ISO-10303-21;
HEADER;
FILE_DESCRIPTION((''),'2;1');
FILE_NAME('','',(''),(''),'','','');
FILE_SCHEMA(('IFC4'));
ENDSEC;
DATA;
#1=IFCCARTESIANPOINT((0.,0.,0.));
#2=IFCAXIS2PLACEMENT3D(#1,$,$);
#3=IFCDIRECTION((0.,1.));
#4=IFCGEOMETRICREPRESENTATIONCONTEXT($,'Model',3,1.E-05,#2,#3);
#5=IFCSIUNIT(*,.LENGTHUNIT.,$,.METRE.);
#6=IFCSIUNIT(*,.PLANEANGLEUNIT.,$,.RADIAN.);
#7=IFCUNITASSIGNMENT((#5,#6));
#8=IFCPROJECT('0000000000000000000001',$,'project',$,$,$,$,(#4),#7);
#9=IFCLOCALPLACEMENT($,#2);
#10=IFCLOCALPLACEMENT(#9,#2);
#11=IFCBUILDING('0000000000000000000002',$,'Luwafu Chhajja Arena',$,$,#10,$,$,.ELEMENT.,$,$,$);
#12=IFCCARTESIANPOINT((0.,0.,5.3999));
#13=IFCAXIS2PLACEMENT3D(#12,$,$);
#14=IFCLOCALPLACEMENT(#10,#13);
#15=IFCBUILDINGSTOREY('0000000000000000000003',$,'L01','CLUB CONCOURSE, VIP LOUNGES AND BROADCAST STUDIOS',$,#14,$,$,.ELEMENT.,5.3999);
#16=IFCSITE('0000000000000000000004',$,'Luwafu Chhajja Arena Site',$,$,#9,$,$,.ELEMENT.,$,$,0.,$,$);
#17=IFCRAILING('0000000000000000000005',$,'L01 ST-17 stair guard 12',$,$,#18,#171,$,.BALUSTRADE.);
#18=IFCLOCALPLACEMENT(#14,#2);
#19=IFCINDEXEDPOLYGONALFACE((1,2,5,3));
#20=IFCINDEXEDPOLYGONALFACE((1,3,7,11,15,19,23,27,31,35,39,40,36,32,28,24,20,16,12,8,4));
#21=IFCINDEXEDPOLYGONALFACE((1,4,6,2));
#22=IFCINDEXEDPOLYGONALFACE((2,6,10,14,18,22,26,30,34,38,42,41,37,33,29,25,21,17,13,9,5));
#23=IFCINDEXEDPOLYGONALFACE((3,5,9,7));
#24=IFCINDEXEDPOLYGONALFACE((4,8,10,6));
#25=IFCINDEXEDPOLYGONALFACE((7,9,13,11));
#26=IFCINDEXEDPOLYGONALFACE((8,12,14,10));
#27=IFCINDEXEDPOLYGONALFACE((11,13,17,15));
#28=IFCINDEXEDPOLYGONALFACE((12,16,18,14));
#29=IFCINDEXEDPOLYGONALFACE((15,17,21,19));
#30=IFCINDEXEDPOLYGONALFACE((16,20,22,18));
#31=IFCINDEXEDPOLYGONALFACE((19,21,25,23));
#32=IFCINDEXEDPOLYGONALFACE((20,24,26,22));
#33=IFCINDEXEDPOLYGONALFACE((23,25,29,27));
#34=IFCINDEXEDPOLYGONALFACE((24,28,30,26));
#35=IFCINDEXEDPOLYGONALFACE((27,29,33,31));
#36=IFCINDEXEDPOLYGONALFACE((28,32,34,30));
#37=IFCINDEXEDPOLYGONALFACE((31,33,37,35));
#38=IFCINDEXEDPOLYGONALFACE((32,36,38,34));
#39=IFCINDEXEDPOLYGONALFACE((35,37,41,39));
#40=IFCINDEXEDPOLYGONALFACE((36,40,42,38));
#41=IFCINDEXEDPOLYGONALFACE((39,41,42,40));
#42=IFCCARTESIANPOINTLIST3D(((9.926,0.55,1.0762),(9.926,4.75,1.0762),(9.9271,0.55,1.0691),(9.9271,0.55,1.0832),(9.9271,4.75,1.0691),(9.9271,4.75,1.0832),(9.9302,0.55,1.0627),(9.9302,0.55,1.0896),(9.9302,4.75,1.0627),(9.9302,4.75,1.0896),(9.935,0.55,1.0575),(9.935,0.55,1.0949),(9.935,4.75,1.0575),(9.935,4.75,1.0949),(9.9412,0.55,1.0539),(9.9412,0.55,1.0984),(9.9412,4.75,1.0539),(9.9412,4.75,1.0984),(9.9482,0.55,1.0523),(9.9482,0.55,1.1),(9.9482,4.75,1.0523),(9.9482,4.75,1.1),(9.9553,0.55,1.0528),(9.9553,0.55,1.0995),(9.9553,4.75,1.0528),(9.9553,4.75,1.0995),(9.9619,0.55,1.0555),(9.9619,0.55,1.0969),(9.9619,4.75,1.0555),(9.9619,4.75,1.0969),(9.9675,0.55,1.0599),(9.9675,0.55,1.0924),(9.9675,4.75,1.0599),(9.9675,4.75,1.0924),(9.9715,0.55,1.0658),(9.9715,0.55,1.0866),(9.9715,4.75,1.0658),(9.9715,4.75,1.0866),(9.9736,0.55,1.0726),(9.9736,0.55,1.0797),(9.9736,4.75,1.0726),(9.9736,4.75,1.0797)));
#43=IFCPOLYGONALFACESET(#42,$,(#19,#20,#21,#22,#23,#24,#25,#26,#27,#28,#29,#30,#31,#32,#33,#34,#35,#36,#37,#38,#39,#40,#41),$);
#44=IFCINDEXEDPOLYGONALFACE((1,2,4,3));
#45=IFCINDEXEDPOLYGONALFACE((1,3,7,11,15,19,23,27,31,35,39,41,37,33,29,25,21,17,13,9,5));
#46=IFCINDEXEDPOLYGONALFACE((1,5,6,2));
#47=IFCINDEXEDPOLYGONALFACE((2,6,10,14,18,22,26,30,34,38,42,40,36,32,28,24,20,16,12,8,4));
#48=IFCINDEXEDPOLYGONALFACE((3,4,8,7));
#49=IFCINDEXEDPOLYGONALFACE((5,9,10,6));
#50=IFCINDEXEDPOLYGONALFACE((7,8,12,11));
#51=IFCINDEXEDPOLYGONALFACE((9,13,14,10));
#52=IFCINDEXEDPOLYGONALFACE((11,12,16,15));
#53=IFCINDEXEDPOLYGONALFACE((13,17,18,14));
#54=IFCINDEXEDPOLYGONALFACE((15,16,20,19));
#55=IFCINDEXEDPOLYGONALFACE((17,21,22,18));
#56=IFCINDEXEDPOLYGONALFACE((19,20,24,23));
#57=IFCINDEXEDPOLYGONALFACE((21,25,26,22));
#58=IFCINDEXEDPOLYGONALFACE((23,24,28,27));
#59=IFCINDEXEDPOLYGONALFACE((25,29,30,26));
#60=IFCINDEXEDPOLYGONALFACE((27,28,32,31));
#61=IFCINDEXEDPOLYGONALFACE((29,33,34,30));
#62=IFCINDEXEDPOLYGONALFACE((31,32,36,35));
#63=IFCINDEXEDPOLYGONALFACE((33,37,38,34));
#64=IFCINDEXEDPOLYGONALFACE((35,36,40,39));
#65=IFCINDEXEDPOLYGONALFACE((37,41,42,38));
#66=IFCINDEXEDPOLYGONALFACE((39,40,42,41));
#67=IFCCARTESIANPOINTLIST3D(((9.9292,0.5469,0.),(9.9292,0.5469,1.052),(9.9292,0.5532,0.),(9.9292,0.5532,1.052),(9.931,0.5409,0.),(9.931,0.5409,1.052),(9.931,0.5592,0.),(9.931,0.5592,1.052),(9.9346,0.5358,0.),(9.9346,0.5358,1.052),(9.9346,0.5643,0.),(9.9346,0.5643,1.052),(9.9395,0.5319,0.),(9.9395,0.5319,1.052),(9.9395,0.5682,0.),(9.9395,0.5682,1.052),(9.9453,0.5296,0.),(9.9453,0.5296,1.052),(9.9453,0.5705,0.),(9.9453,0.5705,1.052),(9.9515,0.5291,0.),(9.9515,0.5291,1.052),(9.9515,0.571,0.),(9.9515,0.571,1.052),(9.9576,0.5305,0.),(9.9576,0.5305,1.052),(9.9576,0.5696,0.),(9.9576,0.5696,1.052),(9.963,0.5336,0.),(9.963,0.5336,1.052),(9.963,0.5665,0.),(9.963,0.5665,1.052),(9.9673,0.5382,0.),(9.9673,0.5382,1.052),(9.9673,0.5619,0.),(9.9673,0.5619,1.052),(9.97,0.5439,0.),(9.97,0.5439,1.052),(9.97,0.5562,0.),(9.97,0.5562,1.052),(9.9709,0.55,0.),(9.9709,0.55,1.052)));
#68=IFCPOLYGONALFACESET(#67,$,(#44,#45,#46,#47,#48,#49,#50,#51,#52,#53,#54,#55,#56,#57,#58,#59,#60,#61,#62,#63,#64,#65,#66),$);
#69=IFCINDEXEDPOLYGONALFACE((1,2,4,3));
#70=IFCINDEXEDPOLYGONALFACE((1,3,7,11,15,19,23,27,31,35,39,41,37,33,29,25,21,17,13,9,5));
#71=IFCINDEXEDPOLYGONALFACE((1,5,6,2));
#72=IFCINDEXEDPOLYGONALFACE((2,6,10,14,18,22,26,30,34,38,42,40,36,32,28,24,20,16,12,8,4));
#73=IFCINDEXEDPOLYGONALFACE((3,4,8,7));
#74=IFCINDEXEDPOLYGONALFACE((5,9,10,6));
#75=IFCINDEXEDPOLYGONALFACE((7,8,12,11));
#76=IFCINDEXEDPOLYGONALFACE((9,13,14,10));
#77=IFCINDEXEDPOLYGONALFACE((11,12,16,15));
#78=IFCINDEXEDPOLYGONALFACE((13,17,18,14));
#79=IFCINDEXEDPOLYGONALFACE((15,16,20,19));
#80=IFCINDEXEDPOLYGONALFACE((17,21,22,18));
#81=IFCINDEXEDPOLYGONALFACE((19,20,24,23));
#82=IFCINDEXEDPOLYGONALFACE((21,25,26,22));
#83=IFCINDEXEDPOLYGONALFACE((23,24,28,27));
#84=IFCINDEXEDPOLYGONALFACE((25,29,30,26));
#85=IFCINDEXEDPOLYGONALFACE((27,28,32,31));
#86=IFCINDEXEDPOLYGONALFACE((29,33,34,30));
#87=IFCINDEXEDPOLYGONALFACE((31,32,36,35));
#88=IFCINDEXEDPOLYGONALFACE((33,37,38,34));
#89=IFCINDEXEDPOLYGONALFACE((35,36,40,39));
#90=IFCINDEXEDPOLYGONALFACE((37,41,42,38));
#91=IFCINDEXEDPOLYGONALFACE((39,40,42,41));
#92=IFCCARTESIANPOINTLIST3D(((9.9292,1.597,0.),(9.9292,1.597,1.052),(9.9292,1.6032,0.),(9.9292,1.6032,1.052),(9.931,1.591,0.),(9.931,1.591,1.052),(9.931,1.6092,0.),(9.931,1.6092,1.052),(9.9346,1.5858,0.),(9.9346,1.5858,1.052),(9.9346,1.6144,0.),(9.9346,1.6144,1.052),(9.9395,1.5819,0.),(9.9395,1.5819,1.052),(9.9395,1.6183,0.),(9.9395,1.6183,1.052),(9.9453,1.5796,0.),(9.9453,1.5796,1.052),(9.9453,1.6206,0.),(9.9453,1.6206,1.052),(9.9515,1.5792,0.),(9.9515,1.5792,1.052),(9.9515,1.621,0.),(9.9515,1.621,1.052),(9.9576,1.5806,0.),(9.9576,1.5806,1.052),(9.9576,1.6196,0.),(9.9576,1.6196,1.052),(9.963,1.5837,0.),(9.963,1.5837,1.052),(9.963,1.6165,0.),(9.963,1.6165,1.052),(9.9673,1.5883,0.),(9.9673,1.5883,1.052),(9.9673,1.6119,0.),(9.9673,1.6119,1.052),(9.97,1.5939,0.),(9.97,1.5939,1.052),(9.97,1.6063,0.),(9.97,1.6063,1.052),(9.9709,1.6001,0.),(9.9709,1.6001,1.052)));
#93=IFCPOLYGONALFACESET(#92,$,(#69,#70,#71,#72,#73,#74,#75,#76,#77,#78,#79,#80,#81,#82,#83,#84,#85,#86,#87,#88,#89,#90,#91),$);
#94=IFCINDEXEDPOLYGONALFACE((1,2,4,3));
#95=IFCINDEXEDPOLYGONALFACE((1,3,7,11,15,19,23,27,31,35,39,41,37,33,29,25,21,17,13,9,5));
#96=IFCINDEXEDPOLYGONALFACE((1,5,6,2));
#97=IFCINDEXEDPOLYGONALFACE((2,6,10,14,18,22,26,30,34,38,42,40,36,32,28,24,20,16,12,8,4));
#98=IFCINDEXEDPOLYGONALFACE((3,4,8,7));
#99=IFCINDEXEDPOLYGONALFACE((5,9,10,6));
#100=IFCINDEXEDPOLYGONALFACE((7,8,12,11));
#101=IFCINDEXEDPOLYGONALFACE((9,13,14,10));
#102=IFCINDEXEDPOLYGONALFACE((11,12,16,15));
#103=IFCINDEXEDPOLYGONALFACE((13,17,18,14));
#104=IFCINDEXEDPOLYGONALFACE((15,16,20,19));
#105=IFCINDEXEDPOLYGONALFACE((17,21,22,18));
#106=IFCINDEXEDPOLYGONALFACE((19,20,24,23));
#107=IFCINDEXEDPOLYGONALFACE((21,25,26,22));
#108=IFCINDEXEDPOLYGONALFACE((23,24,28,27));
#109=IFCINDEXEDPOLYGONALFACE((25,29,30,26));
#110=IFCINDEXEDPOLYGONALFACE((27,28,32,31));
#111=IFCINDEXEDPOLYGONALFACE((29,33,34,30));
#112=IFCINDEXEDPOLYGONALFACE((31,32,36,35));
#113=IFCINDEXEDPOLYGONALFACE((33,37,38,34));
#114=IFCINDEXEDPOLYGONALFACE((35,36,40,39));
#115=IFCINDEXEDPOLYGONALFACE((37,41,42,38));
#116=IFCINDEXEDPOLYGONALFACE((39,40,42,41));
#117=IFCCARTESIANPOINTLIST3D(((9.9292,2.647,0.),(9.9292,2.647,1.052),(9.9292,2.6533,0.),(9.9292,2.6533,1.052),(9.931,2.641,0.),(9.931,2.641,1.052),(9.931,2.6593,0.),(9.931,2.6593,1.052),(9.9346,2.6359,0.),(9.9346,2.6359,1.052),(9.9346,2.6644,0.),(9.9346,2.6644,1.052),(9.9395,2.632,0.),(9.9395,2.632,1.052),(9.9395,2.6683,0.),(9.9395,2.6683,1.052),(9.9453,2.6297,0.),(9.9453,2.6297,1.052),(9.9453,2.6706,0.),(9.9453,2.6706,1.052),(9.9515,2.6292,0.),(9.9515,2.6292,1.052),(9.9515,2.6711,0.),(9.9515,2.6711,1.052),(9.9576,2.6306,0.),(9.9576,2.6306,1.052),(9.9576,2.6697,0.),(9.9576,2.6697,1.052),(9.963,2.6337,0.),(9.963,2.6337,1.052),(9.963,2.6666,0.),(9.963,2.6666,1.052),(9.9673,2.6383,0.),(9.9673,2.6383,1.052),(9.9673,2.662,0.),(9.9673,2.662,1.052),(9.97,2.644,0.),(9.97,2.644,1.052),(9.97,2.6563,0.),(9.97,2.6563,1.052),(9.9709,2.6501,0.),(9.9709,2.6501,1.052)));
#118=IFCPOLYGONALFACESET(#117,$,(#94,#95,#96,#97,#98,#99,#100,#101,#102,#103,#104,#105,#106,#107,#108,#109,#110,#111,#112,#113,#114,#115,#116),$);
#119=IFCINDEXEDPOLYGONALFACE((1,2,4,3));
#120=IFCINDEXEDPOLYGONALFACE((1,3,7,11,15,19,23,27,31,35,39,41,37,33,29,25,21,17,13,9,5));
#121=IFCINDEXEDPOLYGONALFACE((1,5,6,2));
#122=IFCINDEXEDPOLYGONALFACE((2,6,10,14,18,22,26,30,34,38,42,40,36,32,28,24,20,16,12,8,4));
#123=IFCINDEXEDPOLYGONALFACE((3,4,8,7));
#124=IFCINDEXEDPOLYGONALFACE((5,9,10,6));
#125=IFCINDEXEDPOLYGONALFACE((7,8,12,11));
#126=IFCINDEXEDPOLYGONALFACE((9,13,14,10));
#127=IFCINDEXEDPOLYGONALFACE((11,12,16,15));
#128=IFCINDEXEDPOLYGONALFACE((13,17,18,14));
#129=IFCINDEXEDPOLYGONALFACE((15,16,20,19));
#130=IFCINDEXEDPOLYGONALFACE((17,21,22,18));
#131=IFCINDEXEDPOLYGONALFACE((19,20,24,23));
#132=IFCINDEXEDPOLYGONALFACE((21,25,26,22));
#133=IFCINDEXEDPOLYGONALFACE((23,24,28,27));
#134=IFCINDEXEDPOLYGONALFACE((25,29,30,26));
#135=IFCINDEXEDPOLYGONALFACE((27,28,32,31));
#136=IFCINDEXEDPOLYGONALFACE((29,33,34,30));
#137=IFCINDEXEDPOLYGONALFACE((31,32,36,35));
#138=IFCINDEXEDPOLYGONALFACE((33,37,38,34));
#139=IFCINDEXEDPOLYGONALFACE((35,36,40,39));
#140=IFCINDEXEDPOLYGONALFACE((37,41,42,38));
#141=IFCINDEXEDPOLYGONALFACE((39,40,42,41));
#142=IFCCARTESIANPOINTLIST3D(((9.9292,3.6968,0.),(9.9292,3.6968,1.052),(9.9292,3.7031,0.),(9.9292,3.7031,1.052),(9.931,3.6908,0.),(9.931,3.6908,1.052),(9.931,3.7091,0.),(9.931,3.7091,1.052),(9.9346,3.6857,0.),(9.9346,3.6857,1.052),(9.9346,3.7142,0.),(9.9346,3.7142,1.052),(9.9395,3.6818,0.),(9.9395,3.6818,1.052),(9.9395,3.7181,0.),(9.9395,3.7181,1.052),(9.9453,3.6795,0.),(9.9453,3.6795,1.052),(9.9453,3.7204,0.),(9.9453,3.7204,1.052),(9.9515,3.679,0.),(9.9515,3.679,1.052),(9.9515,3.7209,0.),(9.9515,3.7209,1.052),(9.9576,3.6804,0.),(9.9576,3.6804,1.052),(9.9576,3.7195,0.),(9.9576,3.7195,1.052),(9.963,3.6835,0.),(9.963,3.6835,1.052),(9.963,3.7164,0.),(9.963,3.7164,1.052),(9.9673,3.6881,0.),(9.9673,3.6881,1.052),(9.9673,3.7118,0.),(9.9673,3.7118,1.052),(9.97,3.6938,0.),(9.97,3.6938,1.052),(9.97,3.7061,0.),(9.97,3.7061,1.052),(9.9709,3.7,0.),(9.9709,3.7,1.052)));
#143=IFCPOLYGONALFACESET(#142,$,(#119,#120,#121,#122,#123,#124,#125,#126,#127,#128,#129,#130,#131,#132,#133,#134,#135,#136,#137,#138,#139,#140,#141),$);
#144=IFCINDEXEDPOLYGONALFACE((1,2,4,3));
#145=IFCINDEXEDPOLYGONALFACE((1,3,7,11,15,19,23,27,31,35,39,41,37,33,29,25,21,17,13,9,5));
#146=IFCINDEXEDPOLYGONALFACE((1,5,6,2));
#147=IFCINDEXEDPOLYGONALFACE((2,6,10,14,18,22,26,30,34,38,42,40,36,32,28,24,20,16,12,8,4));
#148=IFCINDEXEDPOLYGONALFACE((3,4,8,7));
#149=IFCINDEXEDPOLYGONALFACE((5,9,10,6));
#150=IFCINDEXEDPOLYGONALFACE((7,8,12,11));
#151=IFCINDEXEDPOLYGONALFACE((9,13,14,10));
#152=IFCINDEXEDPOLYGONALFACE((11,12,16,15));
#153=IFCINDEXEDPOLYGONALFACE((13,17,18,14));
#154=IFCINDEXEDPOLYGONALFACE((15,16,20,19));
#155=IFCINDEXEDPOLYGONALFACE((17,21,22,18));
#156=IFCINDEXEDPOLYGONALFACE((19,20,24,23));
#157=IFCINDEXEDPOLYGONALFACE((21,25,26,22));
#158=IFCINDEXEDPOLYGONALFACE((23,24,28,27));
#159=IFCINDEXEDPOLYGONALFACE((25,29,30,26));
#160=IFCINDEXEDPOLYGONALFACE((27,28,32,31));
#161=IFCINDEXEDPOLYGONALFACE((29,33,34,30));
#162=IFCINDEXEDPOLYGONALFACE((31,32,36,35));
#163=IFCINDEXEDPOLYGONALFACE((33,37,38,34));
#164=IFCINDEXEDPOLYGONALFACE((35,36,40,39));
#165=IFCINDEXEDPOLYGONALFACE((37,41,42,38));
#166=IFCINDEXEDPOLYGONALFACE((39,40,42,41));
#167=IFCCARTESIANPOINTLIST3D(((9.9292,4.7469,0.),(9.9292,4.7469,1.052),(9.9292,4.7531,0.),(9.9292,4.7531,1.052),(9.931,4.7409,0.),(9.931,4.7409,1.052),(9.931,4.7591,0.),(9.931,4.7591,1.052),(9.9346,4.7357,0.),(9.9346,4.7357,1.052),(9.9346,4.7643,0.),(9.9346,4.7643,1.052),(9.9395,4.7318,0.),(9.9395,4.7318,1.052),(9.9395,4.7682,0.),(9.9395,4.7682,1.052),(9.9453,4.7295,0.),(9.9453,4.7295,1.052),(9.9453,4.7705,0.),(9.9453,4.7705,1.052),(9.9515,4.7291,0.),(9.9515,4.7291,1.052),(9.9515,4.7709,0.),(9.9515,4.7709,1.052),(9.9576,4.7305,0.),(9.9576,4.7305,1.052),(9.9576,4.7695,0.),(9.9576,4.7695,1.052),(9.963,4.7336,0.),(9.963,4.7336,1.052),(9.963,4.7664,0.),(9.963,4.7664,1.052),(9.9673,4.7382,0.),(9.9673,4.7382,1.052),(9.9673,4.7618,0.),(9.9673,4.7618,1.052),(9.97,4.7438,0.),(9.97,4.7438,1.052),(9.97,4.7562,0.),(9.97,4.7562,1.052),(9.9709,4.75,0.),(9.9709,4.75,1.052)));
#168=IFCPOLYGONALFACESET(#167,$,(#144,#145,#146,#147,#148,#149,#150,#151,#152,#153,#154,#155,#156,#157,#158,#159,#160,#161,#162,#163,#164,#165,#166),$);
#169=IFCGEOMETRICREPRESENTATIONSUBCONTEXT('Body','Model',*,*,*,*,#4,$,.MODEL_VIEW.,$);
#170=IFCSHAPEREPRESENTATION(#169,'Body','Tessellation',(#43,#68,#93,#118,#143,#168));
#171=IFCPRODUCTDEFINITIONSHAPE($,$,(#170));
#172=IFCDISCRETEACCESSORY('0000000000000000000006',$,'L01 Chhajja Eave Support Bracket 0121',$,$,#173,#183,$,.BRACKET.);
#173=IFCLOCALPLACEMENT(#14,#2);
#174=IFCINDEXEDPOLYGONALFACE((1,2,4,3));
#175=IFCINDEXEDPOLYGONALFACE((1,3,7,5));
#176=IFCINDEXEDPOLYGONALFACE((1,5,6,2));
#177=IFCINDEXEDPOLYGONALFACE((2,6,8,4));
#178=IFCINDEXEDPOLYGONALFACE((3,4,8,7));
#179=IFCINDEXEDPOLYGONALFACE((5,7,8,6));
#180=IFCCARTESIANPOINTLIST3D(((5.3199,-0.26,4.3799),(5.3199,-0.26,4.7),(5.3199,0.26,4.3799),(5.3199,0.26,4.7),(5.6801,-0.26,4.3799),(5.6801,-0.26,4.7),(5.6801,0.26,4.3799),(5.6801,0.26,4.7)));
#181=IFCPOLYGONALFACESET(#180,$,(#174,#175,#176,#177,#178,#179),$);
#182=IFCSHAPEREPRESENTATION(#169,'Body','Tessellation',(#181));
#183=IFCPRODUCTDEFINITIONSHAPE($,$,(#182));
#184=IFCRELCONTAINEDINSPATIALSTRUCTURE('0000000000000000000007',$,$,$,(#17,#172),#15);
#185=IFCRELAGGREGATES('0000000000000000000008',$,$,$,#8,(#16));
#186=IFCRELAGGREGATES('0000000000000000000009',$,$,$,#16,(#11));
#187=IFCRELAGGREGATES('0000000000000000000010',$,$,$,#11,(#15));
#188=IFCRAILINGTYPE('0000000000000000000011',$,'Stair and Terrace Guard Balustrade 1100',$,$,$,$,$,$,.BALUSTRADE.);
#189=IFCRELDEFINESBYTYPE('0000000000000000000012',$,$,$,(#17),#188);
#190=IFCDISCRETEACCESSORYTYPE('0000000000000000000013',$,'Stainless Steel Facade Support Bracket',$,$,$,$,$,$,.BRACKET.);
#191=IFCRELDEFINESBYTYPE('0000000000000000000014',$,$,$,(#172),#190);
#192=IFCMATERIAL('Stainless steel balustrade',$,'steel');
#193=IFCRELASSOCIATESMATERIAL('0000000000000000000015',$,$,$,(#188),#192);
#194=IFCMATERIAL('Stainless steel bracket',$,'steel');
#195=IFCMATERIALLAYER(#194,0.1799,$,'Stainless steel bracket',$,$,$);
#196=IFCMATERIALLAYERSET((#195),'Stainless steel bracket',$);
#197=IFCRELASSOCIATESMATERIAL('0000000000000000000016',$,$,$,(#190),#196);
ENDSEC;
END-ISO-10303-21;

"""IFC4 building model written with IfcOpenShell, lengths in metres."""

from ifc_helpers import new_model, si_unit, direction, frame, origin, origin_2d, place, context, subcontext, project, spatial, rectangle, circle, extrude, material, layer, layer_set, type_object, element, save


model = new_model("IFC4")

# Units and contexts
model_context = context("Model", 3, precision=1e-05, world=origin(), true_north=direction((0.0, 1.0)))
body_context = subcontext(model_context, "Body", "Model", "MODEL_VIEW")
ifc_project = project(units=[si_unit("LENGTHUNIT", "METRE"), si_unit("PLANEANGLEUNIT", "RADIAN")], contexts=[model_context])

# Site, building, storey
site_placement = place(None, origin())
site = spatial("IfcSite", under=ifc_project, at=site_placement, Name="Luwafu Chhajja Arena Site", CompositionType="ELEMENT", RefElevation=0.0)
building_placement = place(site_placement, origin())
building = spatial("IfcBuilding", under=site, at=building_placement, Name="Luwafu Chhajja Arena", CompositionType="ELEMENT")
storey_placement = place(building_placement, frame((0.0, 0.0, 5.3999)))
storey = spatial("IfcBuildingStorey", under=building, at=storey_placement, Name="L01", Description="CLUB CONCOURSE, VIP LOUNGES AND BROADCAST STUDIOS", CompositionType="ELEMENT", Elevation=5.3999)

# Railing
ifc_material_1 = material(Name="Stainless steel balustrade", Category="steel")
railing_type_1 = type_object("IfcRailingType", Name="Stair and Terrace Guard Balustrade 1100", PredefinedType="BALUSTRADE", material=ifc_material_1)
railing_1_placement = place(storey_placement, frame((9.95, 0.55, 0.0)))
element("IfcRailing", 1, at=railing_1_placement, inside=storey, type_object=railing_type_1, Name="L01 ST-17 stair guard 12", PredefinedType="BALUSTRADE", context=body_context, shape_type="SweptSolid", body=[
    extrude(circle(Radius=0.0239, at=origin_2d()), frame((0.0, 0.0, 1.0762), z_axis=(0.0, 1.0, 0.0), x_axis=(-1.0, 0.0, 0.0)), (0.0, 0.0, 1.0), 4.2),
    extrude(circle(Radius=0.021, at=origin_2d()), origin(), (0.0, 0.0, 1.0), 1.052),
    extrude(circle(Radius=0.021, at=origin_2d()), frame((0.0, 1.05, 0.0)), (0.0, 0.0, 1.0), 1.052),
    extrude(circle(Radius=0.021, at=origin_2d()), frame((0.0, 2.1001, 0.0)), (0.0, 0.0, 1.0), 1.052),
    extrude(circle(Radius=0.021, at=origin_2d()), frame((0.0, 3.1499, 0.0)), (0.0, 0.0, 1.0), 1.052),
    extrude(circle(Radius=0.021, at=origin_2d()), frame((0.0, 4.2, 0.0)), (0.0, 0.0, 1.0), 1.052),
])

# Discrete accessory
ifc_material_2 = material(Name="Stainless steel bracket", Category="steel")
ifc_layer_1 = layer(ifc_material_2, 0.1799, Name="Stainless steel bracket")
ifc_layer_set_1 = layer_set([ifc_layer_1], Name="Stainless steel bracket")
discrete_accessory_type = type_object("IfcDiscreteAccessoryType", Name="Stainless Steel Facade Support Bracket", PredefinedType="BRACKET", material=ifc_layer_set_1)
discrete_accessory_placement = place(storey_placement, frame((5.5, 0.0, 4.3799), z_axis=(0.0, 0.0, 1.0), x_axis=(1.0, 0.0, 0.0)))
element("IfcDiscreteAccessory", 2, at=discrete_accessory_placement, inside=storey, type_object=discrete_accessory_type, Name="L01 Chhajja Eave Support Bracket 0121", PredefinedType="BRACKET", context=body_context, shape_type="SweptSolid", body=[
    extrude(rectangle(XDim=0.3601, YDim=0.52, at=origin_2d()), origin(), (0.0, 0.0, 1.0), 0.3201),
])

save(model, "model.ifc")
